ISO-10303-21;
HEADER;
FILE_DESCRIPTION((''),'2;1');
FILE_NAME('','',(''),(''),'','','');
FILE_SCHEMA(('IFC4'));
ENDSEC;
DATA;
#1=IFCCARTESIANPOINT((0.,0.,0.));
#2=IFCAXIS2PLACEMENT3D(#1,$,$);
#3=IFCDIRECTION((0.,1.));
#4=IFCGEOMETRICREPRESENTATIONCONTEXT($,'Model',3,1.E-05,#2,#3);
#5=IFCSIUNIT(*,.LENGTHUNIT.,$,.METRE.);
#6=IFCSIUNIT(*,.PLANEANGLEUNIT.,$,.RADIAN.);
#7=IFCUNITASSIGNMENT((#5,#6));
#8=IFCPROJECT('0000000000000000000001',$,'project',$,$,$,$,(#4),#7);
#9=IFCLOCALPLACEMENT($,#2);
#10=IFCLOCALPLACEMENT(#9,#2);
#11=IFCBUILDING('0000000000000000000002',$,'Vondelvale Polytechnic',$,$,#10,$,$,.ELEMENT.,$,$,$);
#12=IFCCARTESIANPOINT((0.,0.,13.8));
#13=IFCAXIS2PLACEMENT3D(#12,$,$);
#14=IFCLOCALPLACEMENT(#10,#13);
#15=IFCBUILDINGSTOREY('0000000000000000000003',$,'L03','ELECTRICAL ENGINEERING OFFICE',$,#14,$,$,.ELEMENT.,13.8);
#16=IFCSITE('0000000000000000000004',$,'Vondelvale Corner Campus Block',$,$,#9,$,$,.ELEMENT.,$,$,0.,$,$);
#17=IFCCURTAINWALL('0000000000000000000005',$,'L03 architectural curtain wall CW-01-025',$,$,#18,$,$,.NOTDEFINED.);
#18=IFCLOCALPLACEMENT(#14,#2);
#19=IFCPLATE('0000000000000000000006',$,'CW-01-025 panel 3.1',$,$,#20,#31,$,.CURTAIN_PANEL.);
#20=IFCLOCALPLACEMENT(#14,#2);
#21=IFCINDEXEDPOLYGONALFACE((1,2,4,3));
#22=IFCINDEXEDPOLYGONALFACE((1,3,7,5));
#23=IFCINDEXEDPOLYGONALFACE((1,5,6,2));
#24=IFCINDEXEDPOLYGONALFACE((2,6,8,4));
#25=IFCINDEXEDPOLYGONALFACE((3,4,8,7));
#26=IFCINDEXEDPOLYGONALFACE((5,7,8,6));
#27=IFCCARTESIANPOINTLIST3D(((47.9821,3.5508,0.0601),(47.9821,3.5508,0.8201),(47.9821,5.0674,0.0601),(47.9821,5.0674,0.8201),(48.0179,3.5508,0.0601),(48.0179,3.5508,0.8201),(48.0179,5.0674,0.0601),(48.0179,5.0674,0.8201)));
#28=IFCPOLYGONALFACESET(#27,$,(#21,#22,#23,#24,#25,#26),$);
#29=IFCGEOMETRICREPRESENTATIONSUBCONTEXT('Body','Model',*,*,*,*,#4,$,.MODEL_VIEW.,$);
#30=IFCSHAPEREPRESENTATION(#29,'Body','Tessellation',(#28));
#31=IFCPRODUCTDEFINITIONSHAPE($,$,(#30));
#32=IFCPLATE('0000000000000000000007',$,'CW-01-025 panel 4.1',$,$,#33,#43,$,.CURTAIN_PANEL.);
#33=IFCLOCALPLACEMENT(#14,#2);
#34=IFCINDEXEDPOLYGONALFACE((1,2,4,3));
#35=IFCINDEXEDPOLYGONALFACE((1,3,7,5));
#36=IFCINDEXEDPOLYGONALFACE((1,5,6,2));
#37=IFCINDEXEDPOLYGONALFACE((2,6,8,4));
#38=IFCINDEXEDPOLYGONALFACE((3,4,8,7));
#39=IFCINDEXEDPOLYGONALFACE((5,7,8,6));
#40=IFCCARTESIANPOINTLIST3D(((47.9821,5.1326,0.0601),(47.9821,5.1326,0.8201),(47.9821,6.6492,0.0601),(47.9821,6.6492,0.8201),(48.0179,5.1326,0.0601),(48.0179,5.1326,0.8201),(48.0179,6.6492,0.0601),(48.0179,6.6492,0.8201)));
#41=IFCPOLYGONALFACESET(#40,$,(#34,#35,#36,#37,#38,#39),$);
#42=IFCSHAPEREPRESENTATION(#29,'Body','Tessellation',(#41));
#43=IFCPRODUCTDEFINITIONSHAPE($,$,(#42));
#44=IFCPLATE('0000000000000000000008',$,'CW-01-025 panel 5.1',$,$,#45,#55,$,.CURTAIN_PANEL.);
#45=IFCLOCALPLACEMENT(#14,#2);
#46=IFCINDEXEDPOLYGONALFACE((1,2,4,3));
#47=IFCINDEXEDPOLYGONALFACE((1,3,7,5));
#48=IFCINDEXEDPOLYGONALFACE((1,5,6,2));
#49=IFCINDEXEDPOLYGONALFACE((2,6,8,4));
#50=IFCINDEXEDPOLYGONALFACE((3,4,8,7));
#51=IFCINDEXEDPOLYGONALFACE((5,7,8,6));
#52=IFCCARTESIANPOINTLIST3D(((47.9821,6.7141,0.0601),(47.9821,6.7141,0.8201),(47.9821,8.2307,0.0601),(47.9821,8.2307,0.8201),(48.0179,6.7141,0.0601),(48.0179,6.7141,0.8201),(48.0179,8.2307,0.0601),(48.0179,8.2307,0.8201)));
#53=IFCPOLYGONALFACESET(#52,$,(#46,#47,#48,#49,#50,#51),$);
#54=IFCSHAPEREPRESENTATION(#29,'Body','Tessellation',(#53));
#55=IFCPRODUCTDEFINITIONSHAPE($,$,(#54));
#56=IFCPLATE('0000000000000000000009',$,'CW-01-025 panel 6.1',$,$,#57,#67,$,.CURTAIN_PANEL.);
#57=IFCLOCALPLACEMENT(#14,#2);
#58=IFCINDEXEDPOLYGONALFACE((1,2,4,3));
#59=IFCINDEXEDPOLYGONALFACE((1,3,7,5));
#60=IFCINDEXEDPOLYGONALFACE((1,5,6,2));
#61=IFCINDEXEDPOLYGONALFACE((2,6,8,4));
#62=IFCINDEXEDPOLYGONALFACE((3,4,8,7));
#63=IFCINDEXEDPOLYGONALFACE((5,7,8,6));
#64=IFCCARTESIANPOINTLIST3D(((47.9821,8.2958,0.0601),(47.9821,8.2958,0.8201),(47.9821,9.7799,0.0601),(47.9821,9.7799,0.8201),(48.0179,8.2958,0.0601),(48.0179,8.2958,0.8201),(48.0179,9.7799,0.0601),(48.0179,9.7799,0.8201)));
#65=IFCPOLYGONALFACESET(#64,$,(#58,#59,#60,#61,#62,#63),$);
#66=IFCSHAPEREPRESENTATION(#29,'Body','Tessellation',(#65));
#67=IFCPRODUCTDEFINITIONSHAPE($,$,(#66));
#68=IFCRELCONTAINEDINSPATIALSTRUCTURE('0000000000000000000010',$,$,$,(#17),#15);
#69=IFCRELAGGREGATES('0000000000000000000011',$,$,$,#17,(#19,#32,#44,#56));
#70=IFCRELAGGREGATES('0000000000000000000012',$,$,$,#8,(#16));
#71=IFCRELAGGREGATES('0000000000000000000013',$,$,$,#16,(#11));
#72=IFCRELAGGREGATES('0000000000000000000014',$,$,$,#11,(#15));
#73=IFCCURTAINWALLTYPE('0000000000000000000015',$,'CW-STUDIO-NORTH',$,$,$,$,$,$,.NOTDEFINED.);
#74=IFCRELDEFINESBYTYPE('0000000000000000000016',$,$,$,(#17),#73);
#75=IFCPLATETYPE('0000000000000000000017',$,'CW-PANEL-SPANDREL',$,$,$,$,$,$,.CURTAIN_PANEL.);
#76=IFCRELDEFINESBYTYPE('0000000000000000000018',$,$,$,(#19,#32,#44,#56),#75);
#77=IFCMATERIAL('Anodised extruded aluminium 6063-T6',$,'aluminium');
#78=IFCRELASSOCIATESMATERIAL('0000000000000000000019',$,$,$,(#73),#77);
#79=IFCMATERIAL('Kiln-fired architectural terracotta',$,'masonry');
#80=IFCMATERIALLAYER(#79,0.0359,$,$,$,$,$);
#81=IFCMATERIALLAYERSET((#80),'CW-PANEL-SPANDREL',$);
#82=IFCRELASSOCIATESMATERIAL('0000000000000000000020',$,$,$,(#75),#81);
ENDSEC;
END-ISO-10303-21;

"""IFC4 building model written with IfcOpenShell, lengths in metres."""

from ifc_helpers import new_model, si_unit, direction, frame, origin, origin_2d, place, context, subcontext, project, spatial, rectangle, extrude, material, layer, layer_set, type_object, element, aggregate, save


model = new_model("IFC4")

# Units and contexts
model_context = context("Model", 3, precision=1e-05, world=origin(), true_north=direction((0.0, 1.0)))
body_context = subcontext(model_context, "Body", "Model", "MODEL_VIEW")
ifc_project = project(units=[si_unit("LENGTHUNIT", "METRE"), si_unit("PLANEANGLEUNIT", "RADIAN")], contexts=[model_context])

# Site, building, storey
site_placement = place(None, origin())
site = spatial("IfcSite", under=ifc_project, at=site_placement, Name="Vondelvale Corner Campus Block", CompositionType="ELEMENT", RefElevation=0.0)
building_placement = place(site_placement, origin())
building = spatial("IfcBuilding", under=site, at=building_placement, Name="Vondelvale Polytechnic", CompositionType="ELEMENT")
storey_placement = place(building_placement, frame((0.0, 0.0, 13.8)))
storey = spatial("IfcBuildingStorey", under=building, at=storey_placement, Name="L03", Description="ELECTRICAL ENGINEERING OFFICE", CompositionType="ELEMENT", Elevation=13.8)

# Curtain wall
ifc_material_1 = material(Name="Anodised extruded aluminium 6063-T6", Category="aluminium")
curtain_wall_type = type_object("IfcCurtainWallType", Name="CW-STUDIO-NORTH", PredefinedType="NOTDEFINED", material=ifc_material_1)
curtain_wall_placement = place(storey_placement, origin())
curtain_wall = element("IfcCurtainWall", 1, at=curtain_wall_placement, inside=storey, type_object=curtain_wall_type, Name="L03 architectural curtain wall CW-01-025", PredefinedType="NOTDEFINED")

# Plates
ifc_material_2 = material(Name="Kiln-fired architectural terracotta", Category="masonry")
ifc_layer_1 = layer(ifc_material_2, 0.0359)
ifc_layer_set_1 = layer_set([ifc_layer_1], Name="CW-PANEL-SPANDREL")
plate_type_1 = type_object("IfcPlateType", Name="CW-PANEL-SPANDREL", PredefinedType="CURTAIN_PANEL", material=ifc_layer_set_1)
plate_1_placement = place(storey_placement, frame((48.0, 4.3091, 0.0601), z_axis=(0.0, 0.0, 1.0), x_axis=(0.0, 1.0, 0.0)))
plate_1 = element("IfcPlate", 2, at=plate_1_placement, type_object=plate_type_1, Name="CW-01-025 panel 3.1", PredefinedType="CURTAIN_PANEL", context=body_context, shape_type="SweptSolid", body=[
    extrude(rectangle(XDim=1.5166, YDim=0.0359, at=origin_2d()), origin(), (0.0, 0.0, 1.0), 0.76),
])
plate_2_placement = place(storey_placement, frame((48.0, 5.8909, 0.0601), z_axis=(0.0, 0.0, 1.0), x_axis=(0.0, 1.0, 0.0)))
plate_2 = element("IfcPlate", 3, at=plate_2_placement, type_object=plate_type_1, Name="CW-01-025 panel 4.1", PredefinedType="CURTAIN_PANEL", context=body_context, shape_type="SweptSolid", body=[
    extrude(rectangle(XDim=1.5166, YDim=0.0359, at=origin_2d()), origin(), (0.0, 0.0, 1.0), 0.76),
])
plate_3_placement = place(storey_placement, frame((48.0, 7.4724, 0.0601), z_axis=(0.0, 0.0, 1.0), x_axis=(0.0, 1.0, 0.0)))
plate_3 = element("IfcPlate", 4, at=plate_3_placement, type_object=plate_type_1, Name="CW-01-025 panel 5.1", PredefinedType="CURTAIN_PANEL", context=body_context, shape_type="SweptSolid", body=[
    extrude(rectangle(XDim=1.5166, YDim=0.0359, at=origin_2d()), origin(), (0.0, 0.0, 1.0), 0.76),
])
plate_4_placement = place(storey_placement, frame((48.0, 9.0378, 0.0601), z_axis=(0.0, 0.0, 1.0), x_axis=(0.0, 1.0, 0.0)))
plate_4 = element("IfcPlate", 5, at=plate_4_placement, type_object=plate_type_1, Name="CW-01-025 panel 6.1", PredefinedType="CURTAIN_PANEL", context=body_context, shape_type="SweptSolid", body=[
    extrude(rectangle(XDim=1.4841, YDim=0.0359, at=origin_2d()), origin(), (0.0, 0.0, 1.0), 0.76),
])
aggregate(curtain_wall, [plate_1, plate_2, plate_3, plate_4])

save(model, "model.ifc")
